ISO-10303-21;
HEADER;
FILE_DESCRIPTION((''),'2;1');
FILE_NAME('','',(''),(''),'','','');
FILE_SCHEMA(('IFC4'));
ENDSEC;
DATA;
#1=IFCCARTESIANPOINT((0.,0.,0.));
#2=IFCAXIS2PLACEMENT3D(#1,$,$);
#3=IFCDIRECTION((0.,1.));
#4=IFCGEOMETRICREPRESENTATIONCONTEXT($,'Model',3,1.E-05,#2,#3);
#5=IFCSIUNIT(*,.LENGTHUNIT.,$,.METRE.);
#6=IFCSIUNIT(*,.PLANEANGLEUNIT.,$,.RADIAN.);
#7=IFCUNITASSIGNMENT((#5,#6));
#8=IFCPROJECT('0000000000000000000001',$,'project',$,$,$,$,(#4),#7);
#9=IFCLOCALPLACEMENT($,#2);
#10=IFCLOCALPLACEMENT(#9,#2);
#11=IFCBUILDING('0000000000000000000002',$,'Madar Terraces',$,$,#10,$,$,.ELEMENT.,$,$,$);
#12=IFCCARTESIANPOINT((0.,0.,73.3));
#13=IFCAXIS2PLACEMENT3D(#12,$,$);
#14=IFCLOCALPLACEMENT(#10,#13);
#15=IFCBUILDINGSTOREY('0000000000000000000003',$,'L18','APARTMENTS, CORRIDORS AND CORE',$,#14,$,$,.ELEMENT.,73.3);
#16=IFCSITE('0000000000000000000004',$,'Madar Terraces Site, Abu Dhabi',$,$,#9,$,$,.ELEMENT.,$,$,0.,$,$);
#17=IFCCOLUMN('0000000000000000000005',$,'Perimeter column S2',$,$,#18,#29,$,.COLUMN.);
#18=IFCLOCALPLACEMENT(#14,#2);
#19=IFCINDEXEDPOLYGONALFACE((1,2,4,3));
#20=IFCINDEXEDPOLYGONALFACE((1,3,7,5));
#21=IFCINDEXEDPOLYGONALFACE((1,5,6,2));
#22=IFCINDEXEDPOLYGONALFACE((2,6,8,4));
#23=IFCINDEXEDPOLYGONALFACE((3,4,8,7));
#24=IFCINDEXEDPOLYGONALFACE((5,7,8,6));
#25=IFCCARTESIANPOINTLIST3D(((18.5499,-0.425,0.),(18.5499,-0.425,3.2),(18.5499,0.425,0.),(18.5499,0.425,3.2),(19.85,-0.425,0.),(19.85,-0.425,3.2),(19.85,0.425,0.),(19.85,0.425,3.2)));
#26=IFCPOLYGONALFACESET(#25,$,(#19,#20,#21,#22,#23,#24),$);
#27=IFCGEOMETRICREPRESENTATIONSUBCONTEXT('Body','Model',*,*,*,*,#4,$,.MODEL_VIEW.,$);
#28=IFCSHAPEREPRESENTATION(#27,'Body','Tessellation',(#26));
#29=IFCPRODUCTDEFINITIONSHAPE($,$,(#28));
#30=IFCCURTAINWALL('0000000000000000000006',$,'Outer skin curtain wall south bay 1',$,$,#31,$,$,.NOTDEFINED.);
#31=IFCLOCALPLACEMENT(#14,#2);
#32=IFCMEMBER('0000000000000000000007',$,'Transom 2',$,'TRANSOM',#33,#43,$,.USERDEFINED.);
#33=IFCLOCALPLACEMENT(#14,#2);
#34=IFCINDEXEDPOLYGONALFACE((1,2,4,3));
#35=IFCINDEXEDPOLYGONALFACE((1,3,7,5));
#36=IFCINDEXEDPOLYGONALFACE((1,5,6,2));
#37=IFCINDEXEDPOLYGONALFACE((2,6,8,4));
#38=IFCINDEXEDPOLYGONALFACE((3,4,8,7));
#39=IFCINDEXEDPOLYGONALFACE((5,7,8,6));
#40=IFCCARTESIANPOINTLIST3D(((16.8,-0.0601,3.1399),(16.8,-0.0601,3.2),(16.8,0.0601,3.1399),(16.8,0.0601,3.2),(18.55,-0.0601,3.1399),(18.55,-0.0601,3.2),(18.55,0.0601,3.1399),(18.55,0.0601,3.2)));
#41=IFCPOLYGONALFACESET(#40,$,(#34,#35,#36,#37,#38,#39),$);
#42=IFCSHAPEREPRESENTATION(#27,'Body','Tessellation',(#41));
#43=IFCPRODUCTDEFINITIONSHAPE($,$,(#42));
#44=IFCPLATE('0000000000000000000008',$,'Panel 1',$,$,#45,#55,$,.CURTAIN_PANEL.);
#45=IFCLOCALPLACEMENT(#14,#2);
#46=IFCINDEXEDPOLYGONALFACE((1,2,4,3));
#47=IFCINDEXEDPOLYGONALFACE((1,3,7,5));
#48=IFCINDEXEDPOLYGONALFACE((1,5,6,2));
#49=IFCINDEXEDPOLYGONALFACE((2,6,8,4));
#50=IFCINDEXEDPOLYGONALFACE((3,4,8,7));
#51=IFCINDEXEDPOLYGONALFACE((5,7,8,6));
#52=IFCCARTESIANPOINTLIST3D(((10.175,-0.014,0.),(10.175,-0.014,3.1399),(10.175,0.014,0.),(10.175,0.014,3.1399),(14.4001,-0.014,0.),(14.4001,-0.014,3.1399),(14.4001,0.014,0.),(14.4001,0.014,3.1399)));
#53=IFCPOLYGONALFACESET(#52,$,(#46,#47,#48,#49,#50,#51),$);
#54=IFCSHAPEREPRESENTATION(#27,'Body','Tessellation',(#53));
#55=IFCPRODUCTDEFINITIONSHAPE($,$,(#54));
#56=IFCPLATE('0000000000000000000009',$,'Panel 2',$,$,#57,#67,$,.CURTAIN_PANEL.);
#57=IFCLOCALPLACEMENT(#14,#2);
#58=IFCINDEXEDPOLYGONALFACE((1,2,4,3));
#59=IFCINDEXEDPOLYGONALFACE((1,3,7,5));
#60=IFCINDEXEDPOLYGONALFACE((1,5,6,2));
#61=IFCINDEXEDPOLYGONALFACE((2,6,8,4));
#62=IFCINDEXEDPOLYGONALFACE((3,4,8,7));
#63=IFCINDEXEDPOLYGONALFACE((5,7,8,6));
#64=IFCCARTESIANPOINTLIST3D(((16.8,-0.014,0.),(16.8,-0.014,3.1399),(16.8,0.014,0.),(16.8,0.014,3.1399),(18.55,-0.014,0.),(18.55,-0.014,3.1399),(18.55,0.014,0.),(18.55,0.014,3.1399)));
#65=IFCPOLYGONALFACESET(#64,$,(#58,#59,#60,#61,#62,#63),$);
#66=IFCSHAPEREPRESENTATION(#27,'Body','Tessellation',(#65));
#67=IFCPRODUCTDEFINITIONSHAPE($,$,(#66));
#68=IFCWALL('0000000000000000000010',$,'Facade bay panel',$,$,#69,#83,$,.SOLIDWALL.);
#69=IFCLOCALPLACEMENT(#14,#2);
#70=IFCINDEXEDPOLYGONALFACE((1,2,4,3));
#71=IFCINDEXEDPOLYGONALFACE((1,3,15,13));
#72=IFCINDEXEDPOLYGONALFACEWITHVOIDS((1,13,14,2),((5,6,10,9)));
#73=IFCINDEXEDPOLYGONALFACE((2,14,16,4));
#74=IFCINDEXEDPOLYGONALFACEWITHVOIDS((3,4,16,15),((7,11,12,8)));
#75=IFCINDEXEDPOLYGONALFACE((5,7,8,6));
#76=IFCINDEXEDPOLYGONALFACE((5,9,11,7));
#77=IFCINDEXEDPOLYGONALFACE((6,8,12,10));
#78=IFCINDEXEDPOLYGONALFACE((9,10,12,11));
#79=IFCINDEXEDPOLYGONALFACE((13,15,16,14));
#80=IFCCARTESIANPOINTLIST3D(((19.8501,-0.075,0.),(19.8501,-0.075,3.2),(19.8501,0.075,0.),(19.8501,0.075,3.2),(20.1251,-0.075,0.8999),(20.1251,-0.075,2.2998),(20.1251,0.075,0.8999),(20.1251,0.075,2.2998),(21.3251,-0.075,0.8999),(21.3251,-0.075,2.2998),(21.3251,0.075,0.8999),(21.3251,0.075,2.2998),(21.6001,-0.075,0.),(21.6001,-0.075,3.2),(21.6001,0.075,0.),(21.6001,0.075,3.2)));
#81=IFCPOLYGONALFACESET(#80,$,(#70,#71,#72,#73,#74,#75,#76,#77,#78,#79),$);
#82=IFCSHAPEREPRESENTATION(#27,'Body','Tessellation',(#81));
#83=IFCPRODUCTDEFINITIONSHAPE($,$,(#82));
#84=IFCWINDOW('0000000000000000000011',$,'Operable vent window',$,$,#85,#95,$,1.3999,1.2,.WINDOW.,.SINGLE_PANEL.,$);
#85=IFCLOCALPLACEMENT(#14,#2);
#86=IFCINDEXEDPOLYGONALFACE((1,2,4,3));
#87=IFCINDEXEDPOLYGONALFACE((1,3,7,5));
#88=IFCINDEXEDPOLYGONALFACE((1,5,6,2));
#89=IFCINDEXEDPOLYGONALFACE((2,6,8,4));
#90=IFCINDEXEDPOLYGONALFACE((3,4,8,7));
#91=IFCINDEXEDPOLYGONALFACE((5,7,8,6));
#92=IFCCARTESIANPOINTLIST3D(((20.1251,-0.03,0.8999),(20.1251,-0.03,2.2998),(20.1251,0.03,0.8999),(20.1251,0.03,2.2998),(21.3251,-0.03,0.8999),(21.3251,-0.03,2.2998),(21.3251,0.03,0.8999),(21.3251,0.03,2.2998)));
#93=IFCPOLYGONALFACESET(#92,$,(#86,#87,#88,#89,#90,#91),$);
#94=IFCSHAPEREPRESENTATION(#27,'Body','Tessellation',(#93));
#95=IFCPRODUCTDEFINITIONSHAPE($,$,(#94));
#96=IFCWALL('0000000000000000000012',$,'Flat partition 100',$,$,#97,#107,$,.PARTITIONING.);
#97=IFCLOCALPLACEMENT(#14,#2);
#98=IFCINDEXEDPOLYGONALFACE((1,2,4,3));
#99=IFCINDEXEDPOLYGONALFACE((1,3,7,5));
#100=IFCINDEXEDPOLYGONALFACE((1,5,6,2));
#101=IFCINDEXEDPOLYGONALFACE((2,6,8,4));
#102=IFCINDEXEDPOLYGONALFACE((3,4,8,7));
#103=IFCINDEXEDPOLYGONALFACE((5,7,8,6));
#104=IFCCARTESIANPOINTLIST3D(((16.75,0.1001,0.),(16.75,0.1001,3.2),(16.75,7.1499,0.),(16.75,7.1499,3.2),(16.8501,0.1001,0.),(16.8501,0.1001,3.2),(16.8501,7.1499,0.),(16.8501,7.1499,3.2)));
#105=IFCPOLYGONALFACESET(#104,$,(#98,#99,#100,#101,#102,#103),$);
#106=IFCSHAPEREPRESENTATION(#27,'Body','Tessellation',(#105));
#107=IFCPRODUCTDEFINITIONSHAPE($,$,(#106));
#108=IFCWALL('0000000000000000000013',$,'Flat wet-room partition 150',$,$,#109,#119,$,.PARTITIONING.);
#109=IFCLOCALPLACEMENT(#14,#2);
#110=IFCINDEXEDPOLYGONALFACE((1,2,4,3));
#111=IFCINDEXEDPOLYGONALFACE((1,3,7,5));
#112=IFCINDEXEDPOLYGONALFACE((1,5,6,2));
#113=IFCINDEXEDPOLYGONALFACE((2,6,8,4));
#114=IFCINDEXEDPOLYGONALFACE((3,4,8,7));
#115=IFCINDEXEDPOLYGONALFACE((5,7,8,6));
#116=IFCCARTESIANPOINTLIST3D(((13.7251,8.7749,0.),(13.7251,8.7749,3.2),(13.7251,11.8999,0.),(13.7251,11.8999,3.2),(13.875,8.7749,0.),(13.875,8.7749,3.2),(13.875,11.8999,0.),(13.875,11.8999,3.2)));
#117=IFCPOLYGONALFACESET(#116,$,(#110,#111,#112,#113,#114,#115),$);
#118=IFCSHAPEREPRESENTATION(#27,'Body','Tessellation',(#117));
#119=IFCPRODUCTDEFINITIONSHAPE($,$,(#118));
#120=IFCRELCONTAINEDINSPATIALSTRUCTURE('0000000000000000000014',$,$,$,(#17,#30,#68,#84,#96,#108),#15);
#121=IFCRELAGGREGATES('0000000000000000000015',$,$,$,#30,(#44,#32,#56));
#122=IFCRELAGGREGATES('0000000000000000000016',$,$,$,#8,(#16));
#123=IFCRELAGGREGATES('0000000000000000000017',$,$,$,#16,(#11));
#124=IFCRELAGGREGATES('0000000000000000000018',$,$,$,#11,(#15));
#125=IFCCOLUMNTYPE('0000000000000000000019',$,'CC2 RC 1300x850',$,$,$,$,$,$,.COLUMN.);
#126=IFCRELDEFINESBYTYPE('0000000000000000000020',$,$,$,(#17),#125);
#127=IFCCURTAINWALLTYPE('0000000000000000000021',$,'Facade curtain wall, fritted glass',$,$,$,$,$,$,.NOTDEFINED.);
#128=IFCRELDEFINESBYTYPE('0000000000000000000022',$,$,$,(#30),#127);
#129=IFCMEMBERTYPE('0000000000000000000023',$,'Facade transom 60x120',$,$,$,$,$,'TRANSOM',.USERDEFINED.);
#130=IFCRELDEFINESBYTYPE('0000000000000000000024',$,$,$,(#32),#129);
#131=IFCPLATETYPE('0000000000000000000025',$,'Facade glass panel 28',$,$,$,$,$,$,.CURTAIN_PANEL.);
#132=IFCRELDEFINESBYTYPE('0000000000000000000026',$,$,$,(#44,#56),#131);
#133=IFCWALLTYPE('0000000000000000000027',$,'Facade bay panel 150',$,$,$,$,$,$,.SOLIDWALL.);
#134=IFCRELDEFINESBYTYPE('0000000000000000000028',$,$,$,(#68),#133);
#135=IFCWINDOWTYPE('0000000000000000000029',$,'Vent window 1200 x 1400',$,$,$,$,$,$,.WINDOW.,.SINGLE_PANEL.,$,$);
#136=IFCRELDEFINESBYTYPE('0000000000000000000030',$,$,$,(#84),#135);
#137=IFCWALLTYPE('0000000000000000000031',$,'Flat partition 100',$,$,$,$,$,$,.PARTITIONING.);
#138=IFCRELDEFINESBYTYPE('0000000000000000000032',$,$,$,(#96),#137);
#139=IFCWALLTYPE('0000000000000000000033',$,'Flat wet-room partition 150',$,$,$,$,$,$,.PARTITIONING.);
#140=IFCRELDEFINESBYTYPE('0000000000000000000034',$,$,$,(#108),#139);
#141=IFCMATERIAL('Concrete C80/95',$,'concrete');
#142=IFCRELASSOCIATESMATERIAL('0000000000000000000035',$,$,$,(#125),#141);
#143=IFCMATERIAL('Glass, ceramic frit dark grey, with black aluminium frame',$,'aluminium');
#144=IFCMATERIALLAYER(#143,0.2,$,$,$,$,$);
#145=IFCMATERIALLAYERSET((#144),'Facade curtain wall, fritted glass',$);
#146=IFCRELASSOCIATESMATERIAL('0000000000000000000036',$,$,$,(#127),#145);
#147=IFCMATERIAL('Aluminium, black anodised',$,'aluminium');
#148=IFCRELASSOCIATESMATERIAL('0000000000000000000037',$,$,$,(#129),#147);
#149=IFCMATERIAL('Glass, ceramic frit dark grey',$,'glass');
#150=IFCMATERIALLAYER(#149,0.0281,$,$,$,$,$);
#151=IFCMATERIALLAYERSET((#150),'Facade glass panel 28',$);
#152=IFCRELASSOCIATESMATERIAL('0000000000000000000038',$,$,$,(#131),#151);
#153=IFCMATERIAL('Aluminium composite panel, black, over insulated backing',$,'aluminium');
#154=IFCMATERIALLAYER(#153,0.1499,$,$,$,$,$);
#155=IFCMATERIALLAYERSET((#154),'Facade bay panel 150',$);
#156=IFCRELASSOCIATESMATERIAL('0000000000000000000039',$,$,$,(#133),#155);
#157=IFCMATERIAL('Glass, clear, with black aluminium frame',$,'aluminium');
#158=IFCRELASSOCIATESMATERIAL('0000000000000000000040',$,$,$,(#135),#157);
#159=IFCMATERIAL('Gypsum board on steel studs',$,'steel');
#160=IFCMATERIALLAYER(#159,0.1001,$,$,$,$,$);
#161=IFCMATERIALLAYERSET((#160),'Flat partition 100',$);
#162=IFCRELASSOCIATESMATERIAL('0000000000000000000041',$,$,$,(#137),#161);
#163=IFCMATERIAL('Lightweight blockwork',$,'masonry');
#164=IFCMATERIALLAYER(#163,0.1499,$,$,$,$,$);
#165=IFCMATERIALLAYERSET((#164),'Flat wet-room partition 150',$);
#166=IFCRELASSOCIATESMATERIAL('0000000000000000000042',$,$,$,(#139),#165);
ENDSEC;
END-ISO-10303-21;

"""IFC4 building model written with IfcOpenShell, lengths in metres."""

from ifc_helpers import new_model, si_unit, direction, frame, frame_2d, origin, origin_2d, place, context, subcontext, project, spatial, rectangle, extrude, material, layer, layer_set, material_profile, profile_set, type_object, element, fill, aggregate, save


model = new_model("IFC4")

# Units and contexts
model_context = context("Model", 3, precision=1e-05, world=origin(), true_north=direction((0.0, 1.0)))
body_context = subcontext(model_context, "Body", "Model", "MODEL_VIEW")
ifc_project = project(units=[si_unit("LENGTHUNIT", "METRE"), si_unit("PLANEANGLEUNIT", "RADIAN")], contexts=[model_context])

# Site, building, storey
site_placement = place(None, origin())
site = spatial("IfcSite", under=ifc_project, at=site_placement, Name="Madar Terraces Site, Abu Dhabi", CompositionType="ELEMENT", RefElevation=0.0)
building_placement = place(site_placement, origin())
building = spatial("IfcBuilding", under=site, at=building_placement, Name="Madar Terraces", CompositionType="ELEMENT")
storey_placement = place(building_placement, frame((0.0, 0.0, 73.3)))
storey = spatial("IfcBuildingStorey", under=building, at=storey_placement, Name="L18", Description="APARTMENTS, CORRIDORS AND CORE", CompositionType="ELEMENT", Elevation=73.3)

# Column
ifc_material_1 = material(Name="Concrete C80/95", Category="concrete")
ifc_material_profile_1 = material_profile(ifc_material_1, rectangle(XDim=1.3, YDim=0.8501, at=origin_2d()), Name="CC2 RC 1300x850")
ifc_profile_set_1 = profile_set([ifc_material_profile_1], Name="Concrete C80/95")
column_type = type_object("IfcColumnType", Name="CC2 RC 1300x850", PredefinedType="COLUMN", material=ifc_profile_set_1)
column_placement = place(storey_placement, frame((19.2, 0.0, 0.0), z_axis=(0.0, 0.0, 1.0), x_axis=(1.0, 0.0, 0.0)))
element("IfcColumn", 1, at=column_placement, inside=storey, type_object=column_type, Name="Perimeter column S2", PredefinedType="COLUMN", context=body_context, shape_type="SweptSolid", body=[
    extrude(rectangle(XDim=1.3, YDim=0.8501, at=origin_2d()), origin(), (0.0, 0.0, 1.0), 3.2),
])

# Curtain wall, member, plates
ifc_material_2 = material(Name="Glass, ceramic frit dark grey, with black aluminium frame", Category="aluminium")
ifc_layer_1 = layer(ifc_material_2, 0.2)
ifc_layer_set_1 = layer_set([ifc_layer_1], Name="Facade curtain wall, fritted glass")
curtain_wall_type = type_object("IfcCurtainWallType", Name="Facade curtain wall, fritted glass", PredefinedType="NOTDEFINED", material=ifc_layer_set_1)
curtain_wall_placement = place(storey_placement, origin())
curtain_wall = element("IfcCurtainWall", 2, at=curtain_wall_placement, inside=storey, type_object=curtain_wall_type, Name="Outer skin curtain wall south bay 1", PredefinedType="NOTDEFINED")
ifc_material_3 = material(Name="Aluminium, black anodised", Category="aluminium")
ifc_material_profile_2 = material_profile(ifc_material_3, rectangle(XDim=0.1201, YDim=0.0601, at=origin_2d()), Name="Facade transom 60x120")
ifc_profile_set_2 = profile_set([ifc_material_profile_2], Name="Aluminium, black anodised")
member_type = type_object("IfcMemberType", Name="Facade transom 60x120", ElementType="TRANSOM", PredefinedType="USERDEFINED", material=ifc_profile_set_2)
member_placement = place(storey_placement, frame((16.8, 0.0, 3.1699), z_axis=(1.0, 0.0, 0.0), x_axis=(0.0, 1.0, 0.0)))
member = element("IfcMember", 3, at=member_placement, type_object=member_type, Name="Transom 2", ObjectType="TRANSOM", PredefinedType="USERDEFINED", context=body_context, shape_type="SweptSolid", body=[
    extrude(rectangle(XDim=0.1201, YDim=0.0601, at=origin_2d()), origin(), (0.0, 0.0, 1.0), 1.75),
])
ifc_material_4 = material(Name="Glass, ceramic frit dark grey", Category="glass")
ifc_layer_2 = layer(ifc_material_4, 0.0281)
ifc_layer_set_2 = layer_set([ifc_layer_2], Name="Facade glass panel 28")
plate_type = type_object("IfcPlateType", Name="Facade glass panel 28", PredefinedType="CURTAIN_PANEL", material=ifc_layer_set_2)
plate_1_placement = place(storey_placement, frame((12.2876, 0.0, 0.0), z_axis=(0.0, 0.0, 1.0), x_axis=(1.0, 0.0, 0.0)))
plate_1 = element("IfcPlate", 4, at=plate_1_placement, type_object=plate_type, Name="Panel 1", PredefinedType="CURTAIN_PANEL", context=body_context, shape_type="SweptSolid", body=[
    extrude(rectangle(XDim=4.2251, YDim=0.0281, at=origin_2d()), origin(), (0.0, 0.0, 1.0), 3.1399),
])
plate_2_placement = place(storey_placement, frame((17.675, 0.0, 0.0), z_axis=(0.0, 0.0, 1.0), x_axis=(1.0, 0.0, 0.0)))
plate_2 = element("IfcPlate", 5, at=plate_2_placement, type_object=plate_type, Name="Panel 2", PredefinedType="CURTAIN_PANEL", context=body_context, shape_type="SweptSolid", body=[
    extrude(rectangle(XDim=1.75, YDim=0.0281, at=origin_2d()), origin(), (0.0, 0.0, 1.0), 3.1399),
])
aggregate(curtain_wall, [plate_1, member, plate_2])

# Shared definitions
ifc_material_5 = material(Name="Aluminium composite panel, black, over insulated backing", Category="aluminium")
ifc_layer_3 = layer(ifc_material_5, 0.1499)
ifc_layer_set_3 = layer_set([ifc_layer_3], Name="Facade bay panel 150")
wall_type_1 = type_object("IfcWallType", Name="Facade bay panel 150", PredefinedType="SOLIDWALL", material=ifc_layer_set_3)

# Wall, opening, window
wall_1_placement = place(storey_placement, frame((19.8501, 0.0, 0.0), z_axis=(0.0, 0.0, 1.0), x_axis=(1.0, 0.0, 0.0)))
wall_1 = element("IfcWall", 6, at=wall_1_placement, inside=storey, type_object=wall_type_1, Name="Facade bay panel", PredefinedType="SOLIDWALL", context=body_context, shape_type="SweptSolid", body=[
    extrude(rectangle(XDim=1.75, YDim=0.1499, at=frame_2d((0.875, 0.0))), origin(), (0.0, 0.0, 1.0), 3.2),
])
opening_1_placement = place(wall_1_placement, frame((0.2749, 0.0, 0.8999)))
opening_1 = element("IfcOpeningElement", 7, at=opening_1_placement, cuts=wall_1, PredefinedType="OPENING", context=body_context, shape_type="SweptSolid", body=[
    extrude(rectangle(XDim=1.2, YDim=1.3999, at=frame_2d((0.6001, 0.7))), frame((0.0, 0.085, 0.0), z_axis=(0.0, -1.0, 0.0), x_axis=(1.0, 0.0, 0.0)), (0.0, 0.0, 1.0), 0.1699),
])
ifc_material_6 = material(Name="Glass, clear, with black aluminium frame", Category="aluminium")
window_type = type_object("IfcWindowType", Name="Vent window 1200 x 1400", PartitioningType="SINGLE_PANEL", PredefinedType="WINDOW", material=ifc_material_6)
window_placement = place(opening_1_placement, origin())
window = element("IfcWindow", 8, at=window_placement, inside=storey, type_object=window_type, Name="Operable vent window", OverallHeight=1.3999, OverallWidth=1.2, PartitioningType="SINGLE_PANEL", PredefinedType="WINDOW", context=body_context, shape_type="SweptSolid", body=[
    extrude(rectangle(XDim=1.2, YDim=1.3999, at=frame_2d((0.6001, 0.7))), frame((0.0, 0.03, 0.0), z_axis=(0.0, -1.0, 0.0), x_axis=(1.0, 0.0, 0.0)), (0.0, 0.0, 1.0), 0.0601),
])
fill(opening_1, window)

# Walls
ifc_material_7 = material(Name="Gypsum board on steel studs", Category="steel")
ifc_layer_4 = layer(ifc_material_7, 0.1001)
ifc_layer_set_4 = layer_set([ifc_layer_4], Name="Flat partition 100")
wall_type_2 = type_object("IfcWallType", Name="Flat partition 100", PredefinedType="PARTITIONING", material=ifc_layer_set_4)
wall_2_placement = place(storey_placement, frame((16.8, 7.1499, 0.0), z_axis=(0.0, 0.0, 1.0), x_axis=(0.0, -1.0, 0.0)))
element("IfcWall", 9, at=wall_2_placement, inside=storey, type_object=wall_type_2, Name="Flat partition 100", PredefinedType="PARTITIONING", context=body_context, shape_type="SweptSolid", body=[
    extrude(rectangle(XDim=7.0498, YDim=0.1001, at=frame_2d((3.5249, 0.0))), origin(), (0.0, 0.0, 1.0), 3.2),
])
ifc_material_8 = material(Name="Lightweight blockwork", Category="masonry")
ifc_layer_5 = layer(ifc_material_8, 0.1499)
ifc_layer_set_5 = layer_set([ifc_layer_5], Name="Flat wet-room partition 150")
wall_type_3 = type_object("IfcWallType", Name="Flat wet-room partition 150", PredefinedType="PARTITIONING", material=ifc_layer_set_5)
wall_3_placement = place(storey_placement, frame((13.8, 11.8999, 0.0), z_axis=(0.0, 0.0, 1.0), x_axis=(0.0, -1.0, 0.0)))
element("IfcWall", 10, at=wall_3_placement, inside=storey, type_object=wall_type_3, Name="Flat wet-room partition 150", PredefinedType="PARTITIONING", context=body_context, shape_type="SweptSolid", body=[
    extrude(rectangle(XDim=3.125, YDim=0.1499, at=frame_2d((1.5625, 0.0))), origin(), (0.0, 0.0, 1.0), 3.2),
])

save(model, "model.ifc")
